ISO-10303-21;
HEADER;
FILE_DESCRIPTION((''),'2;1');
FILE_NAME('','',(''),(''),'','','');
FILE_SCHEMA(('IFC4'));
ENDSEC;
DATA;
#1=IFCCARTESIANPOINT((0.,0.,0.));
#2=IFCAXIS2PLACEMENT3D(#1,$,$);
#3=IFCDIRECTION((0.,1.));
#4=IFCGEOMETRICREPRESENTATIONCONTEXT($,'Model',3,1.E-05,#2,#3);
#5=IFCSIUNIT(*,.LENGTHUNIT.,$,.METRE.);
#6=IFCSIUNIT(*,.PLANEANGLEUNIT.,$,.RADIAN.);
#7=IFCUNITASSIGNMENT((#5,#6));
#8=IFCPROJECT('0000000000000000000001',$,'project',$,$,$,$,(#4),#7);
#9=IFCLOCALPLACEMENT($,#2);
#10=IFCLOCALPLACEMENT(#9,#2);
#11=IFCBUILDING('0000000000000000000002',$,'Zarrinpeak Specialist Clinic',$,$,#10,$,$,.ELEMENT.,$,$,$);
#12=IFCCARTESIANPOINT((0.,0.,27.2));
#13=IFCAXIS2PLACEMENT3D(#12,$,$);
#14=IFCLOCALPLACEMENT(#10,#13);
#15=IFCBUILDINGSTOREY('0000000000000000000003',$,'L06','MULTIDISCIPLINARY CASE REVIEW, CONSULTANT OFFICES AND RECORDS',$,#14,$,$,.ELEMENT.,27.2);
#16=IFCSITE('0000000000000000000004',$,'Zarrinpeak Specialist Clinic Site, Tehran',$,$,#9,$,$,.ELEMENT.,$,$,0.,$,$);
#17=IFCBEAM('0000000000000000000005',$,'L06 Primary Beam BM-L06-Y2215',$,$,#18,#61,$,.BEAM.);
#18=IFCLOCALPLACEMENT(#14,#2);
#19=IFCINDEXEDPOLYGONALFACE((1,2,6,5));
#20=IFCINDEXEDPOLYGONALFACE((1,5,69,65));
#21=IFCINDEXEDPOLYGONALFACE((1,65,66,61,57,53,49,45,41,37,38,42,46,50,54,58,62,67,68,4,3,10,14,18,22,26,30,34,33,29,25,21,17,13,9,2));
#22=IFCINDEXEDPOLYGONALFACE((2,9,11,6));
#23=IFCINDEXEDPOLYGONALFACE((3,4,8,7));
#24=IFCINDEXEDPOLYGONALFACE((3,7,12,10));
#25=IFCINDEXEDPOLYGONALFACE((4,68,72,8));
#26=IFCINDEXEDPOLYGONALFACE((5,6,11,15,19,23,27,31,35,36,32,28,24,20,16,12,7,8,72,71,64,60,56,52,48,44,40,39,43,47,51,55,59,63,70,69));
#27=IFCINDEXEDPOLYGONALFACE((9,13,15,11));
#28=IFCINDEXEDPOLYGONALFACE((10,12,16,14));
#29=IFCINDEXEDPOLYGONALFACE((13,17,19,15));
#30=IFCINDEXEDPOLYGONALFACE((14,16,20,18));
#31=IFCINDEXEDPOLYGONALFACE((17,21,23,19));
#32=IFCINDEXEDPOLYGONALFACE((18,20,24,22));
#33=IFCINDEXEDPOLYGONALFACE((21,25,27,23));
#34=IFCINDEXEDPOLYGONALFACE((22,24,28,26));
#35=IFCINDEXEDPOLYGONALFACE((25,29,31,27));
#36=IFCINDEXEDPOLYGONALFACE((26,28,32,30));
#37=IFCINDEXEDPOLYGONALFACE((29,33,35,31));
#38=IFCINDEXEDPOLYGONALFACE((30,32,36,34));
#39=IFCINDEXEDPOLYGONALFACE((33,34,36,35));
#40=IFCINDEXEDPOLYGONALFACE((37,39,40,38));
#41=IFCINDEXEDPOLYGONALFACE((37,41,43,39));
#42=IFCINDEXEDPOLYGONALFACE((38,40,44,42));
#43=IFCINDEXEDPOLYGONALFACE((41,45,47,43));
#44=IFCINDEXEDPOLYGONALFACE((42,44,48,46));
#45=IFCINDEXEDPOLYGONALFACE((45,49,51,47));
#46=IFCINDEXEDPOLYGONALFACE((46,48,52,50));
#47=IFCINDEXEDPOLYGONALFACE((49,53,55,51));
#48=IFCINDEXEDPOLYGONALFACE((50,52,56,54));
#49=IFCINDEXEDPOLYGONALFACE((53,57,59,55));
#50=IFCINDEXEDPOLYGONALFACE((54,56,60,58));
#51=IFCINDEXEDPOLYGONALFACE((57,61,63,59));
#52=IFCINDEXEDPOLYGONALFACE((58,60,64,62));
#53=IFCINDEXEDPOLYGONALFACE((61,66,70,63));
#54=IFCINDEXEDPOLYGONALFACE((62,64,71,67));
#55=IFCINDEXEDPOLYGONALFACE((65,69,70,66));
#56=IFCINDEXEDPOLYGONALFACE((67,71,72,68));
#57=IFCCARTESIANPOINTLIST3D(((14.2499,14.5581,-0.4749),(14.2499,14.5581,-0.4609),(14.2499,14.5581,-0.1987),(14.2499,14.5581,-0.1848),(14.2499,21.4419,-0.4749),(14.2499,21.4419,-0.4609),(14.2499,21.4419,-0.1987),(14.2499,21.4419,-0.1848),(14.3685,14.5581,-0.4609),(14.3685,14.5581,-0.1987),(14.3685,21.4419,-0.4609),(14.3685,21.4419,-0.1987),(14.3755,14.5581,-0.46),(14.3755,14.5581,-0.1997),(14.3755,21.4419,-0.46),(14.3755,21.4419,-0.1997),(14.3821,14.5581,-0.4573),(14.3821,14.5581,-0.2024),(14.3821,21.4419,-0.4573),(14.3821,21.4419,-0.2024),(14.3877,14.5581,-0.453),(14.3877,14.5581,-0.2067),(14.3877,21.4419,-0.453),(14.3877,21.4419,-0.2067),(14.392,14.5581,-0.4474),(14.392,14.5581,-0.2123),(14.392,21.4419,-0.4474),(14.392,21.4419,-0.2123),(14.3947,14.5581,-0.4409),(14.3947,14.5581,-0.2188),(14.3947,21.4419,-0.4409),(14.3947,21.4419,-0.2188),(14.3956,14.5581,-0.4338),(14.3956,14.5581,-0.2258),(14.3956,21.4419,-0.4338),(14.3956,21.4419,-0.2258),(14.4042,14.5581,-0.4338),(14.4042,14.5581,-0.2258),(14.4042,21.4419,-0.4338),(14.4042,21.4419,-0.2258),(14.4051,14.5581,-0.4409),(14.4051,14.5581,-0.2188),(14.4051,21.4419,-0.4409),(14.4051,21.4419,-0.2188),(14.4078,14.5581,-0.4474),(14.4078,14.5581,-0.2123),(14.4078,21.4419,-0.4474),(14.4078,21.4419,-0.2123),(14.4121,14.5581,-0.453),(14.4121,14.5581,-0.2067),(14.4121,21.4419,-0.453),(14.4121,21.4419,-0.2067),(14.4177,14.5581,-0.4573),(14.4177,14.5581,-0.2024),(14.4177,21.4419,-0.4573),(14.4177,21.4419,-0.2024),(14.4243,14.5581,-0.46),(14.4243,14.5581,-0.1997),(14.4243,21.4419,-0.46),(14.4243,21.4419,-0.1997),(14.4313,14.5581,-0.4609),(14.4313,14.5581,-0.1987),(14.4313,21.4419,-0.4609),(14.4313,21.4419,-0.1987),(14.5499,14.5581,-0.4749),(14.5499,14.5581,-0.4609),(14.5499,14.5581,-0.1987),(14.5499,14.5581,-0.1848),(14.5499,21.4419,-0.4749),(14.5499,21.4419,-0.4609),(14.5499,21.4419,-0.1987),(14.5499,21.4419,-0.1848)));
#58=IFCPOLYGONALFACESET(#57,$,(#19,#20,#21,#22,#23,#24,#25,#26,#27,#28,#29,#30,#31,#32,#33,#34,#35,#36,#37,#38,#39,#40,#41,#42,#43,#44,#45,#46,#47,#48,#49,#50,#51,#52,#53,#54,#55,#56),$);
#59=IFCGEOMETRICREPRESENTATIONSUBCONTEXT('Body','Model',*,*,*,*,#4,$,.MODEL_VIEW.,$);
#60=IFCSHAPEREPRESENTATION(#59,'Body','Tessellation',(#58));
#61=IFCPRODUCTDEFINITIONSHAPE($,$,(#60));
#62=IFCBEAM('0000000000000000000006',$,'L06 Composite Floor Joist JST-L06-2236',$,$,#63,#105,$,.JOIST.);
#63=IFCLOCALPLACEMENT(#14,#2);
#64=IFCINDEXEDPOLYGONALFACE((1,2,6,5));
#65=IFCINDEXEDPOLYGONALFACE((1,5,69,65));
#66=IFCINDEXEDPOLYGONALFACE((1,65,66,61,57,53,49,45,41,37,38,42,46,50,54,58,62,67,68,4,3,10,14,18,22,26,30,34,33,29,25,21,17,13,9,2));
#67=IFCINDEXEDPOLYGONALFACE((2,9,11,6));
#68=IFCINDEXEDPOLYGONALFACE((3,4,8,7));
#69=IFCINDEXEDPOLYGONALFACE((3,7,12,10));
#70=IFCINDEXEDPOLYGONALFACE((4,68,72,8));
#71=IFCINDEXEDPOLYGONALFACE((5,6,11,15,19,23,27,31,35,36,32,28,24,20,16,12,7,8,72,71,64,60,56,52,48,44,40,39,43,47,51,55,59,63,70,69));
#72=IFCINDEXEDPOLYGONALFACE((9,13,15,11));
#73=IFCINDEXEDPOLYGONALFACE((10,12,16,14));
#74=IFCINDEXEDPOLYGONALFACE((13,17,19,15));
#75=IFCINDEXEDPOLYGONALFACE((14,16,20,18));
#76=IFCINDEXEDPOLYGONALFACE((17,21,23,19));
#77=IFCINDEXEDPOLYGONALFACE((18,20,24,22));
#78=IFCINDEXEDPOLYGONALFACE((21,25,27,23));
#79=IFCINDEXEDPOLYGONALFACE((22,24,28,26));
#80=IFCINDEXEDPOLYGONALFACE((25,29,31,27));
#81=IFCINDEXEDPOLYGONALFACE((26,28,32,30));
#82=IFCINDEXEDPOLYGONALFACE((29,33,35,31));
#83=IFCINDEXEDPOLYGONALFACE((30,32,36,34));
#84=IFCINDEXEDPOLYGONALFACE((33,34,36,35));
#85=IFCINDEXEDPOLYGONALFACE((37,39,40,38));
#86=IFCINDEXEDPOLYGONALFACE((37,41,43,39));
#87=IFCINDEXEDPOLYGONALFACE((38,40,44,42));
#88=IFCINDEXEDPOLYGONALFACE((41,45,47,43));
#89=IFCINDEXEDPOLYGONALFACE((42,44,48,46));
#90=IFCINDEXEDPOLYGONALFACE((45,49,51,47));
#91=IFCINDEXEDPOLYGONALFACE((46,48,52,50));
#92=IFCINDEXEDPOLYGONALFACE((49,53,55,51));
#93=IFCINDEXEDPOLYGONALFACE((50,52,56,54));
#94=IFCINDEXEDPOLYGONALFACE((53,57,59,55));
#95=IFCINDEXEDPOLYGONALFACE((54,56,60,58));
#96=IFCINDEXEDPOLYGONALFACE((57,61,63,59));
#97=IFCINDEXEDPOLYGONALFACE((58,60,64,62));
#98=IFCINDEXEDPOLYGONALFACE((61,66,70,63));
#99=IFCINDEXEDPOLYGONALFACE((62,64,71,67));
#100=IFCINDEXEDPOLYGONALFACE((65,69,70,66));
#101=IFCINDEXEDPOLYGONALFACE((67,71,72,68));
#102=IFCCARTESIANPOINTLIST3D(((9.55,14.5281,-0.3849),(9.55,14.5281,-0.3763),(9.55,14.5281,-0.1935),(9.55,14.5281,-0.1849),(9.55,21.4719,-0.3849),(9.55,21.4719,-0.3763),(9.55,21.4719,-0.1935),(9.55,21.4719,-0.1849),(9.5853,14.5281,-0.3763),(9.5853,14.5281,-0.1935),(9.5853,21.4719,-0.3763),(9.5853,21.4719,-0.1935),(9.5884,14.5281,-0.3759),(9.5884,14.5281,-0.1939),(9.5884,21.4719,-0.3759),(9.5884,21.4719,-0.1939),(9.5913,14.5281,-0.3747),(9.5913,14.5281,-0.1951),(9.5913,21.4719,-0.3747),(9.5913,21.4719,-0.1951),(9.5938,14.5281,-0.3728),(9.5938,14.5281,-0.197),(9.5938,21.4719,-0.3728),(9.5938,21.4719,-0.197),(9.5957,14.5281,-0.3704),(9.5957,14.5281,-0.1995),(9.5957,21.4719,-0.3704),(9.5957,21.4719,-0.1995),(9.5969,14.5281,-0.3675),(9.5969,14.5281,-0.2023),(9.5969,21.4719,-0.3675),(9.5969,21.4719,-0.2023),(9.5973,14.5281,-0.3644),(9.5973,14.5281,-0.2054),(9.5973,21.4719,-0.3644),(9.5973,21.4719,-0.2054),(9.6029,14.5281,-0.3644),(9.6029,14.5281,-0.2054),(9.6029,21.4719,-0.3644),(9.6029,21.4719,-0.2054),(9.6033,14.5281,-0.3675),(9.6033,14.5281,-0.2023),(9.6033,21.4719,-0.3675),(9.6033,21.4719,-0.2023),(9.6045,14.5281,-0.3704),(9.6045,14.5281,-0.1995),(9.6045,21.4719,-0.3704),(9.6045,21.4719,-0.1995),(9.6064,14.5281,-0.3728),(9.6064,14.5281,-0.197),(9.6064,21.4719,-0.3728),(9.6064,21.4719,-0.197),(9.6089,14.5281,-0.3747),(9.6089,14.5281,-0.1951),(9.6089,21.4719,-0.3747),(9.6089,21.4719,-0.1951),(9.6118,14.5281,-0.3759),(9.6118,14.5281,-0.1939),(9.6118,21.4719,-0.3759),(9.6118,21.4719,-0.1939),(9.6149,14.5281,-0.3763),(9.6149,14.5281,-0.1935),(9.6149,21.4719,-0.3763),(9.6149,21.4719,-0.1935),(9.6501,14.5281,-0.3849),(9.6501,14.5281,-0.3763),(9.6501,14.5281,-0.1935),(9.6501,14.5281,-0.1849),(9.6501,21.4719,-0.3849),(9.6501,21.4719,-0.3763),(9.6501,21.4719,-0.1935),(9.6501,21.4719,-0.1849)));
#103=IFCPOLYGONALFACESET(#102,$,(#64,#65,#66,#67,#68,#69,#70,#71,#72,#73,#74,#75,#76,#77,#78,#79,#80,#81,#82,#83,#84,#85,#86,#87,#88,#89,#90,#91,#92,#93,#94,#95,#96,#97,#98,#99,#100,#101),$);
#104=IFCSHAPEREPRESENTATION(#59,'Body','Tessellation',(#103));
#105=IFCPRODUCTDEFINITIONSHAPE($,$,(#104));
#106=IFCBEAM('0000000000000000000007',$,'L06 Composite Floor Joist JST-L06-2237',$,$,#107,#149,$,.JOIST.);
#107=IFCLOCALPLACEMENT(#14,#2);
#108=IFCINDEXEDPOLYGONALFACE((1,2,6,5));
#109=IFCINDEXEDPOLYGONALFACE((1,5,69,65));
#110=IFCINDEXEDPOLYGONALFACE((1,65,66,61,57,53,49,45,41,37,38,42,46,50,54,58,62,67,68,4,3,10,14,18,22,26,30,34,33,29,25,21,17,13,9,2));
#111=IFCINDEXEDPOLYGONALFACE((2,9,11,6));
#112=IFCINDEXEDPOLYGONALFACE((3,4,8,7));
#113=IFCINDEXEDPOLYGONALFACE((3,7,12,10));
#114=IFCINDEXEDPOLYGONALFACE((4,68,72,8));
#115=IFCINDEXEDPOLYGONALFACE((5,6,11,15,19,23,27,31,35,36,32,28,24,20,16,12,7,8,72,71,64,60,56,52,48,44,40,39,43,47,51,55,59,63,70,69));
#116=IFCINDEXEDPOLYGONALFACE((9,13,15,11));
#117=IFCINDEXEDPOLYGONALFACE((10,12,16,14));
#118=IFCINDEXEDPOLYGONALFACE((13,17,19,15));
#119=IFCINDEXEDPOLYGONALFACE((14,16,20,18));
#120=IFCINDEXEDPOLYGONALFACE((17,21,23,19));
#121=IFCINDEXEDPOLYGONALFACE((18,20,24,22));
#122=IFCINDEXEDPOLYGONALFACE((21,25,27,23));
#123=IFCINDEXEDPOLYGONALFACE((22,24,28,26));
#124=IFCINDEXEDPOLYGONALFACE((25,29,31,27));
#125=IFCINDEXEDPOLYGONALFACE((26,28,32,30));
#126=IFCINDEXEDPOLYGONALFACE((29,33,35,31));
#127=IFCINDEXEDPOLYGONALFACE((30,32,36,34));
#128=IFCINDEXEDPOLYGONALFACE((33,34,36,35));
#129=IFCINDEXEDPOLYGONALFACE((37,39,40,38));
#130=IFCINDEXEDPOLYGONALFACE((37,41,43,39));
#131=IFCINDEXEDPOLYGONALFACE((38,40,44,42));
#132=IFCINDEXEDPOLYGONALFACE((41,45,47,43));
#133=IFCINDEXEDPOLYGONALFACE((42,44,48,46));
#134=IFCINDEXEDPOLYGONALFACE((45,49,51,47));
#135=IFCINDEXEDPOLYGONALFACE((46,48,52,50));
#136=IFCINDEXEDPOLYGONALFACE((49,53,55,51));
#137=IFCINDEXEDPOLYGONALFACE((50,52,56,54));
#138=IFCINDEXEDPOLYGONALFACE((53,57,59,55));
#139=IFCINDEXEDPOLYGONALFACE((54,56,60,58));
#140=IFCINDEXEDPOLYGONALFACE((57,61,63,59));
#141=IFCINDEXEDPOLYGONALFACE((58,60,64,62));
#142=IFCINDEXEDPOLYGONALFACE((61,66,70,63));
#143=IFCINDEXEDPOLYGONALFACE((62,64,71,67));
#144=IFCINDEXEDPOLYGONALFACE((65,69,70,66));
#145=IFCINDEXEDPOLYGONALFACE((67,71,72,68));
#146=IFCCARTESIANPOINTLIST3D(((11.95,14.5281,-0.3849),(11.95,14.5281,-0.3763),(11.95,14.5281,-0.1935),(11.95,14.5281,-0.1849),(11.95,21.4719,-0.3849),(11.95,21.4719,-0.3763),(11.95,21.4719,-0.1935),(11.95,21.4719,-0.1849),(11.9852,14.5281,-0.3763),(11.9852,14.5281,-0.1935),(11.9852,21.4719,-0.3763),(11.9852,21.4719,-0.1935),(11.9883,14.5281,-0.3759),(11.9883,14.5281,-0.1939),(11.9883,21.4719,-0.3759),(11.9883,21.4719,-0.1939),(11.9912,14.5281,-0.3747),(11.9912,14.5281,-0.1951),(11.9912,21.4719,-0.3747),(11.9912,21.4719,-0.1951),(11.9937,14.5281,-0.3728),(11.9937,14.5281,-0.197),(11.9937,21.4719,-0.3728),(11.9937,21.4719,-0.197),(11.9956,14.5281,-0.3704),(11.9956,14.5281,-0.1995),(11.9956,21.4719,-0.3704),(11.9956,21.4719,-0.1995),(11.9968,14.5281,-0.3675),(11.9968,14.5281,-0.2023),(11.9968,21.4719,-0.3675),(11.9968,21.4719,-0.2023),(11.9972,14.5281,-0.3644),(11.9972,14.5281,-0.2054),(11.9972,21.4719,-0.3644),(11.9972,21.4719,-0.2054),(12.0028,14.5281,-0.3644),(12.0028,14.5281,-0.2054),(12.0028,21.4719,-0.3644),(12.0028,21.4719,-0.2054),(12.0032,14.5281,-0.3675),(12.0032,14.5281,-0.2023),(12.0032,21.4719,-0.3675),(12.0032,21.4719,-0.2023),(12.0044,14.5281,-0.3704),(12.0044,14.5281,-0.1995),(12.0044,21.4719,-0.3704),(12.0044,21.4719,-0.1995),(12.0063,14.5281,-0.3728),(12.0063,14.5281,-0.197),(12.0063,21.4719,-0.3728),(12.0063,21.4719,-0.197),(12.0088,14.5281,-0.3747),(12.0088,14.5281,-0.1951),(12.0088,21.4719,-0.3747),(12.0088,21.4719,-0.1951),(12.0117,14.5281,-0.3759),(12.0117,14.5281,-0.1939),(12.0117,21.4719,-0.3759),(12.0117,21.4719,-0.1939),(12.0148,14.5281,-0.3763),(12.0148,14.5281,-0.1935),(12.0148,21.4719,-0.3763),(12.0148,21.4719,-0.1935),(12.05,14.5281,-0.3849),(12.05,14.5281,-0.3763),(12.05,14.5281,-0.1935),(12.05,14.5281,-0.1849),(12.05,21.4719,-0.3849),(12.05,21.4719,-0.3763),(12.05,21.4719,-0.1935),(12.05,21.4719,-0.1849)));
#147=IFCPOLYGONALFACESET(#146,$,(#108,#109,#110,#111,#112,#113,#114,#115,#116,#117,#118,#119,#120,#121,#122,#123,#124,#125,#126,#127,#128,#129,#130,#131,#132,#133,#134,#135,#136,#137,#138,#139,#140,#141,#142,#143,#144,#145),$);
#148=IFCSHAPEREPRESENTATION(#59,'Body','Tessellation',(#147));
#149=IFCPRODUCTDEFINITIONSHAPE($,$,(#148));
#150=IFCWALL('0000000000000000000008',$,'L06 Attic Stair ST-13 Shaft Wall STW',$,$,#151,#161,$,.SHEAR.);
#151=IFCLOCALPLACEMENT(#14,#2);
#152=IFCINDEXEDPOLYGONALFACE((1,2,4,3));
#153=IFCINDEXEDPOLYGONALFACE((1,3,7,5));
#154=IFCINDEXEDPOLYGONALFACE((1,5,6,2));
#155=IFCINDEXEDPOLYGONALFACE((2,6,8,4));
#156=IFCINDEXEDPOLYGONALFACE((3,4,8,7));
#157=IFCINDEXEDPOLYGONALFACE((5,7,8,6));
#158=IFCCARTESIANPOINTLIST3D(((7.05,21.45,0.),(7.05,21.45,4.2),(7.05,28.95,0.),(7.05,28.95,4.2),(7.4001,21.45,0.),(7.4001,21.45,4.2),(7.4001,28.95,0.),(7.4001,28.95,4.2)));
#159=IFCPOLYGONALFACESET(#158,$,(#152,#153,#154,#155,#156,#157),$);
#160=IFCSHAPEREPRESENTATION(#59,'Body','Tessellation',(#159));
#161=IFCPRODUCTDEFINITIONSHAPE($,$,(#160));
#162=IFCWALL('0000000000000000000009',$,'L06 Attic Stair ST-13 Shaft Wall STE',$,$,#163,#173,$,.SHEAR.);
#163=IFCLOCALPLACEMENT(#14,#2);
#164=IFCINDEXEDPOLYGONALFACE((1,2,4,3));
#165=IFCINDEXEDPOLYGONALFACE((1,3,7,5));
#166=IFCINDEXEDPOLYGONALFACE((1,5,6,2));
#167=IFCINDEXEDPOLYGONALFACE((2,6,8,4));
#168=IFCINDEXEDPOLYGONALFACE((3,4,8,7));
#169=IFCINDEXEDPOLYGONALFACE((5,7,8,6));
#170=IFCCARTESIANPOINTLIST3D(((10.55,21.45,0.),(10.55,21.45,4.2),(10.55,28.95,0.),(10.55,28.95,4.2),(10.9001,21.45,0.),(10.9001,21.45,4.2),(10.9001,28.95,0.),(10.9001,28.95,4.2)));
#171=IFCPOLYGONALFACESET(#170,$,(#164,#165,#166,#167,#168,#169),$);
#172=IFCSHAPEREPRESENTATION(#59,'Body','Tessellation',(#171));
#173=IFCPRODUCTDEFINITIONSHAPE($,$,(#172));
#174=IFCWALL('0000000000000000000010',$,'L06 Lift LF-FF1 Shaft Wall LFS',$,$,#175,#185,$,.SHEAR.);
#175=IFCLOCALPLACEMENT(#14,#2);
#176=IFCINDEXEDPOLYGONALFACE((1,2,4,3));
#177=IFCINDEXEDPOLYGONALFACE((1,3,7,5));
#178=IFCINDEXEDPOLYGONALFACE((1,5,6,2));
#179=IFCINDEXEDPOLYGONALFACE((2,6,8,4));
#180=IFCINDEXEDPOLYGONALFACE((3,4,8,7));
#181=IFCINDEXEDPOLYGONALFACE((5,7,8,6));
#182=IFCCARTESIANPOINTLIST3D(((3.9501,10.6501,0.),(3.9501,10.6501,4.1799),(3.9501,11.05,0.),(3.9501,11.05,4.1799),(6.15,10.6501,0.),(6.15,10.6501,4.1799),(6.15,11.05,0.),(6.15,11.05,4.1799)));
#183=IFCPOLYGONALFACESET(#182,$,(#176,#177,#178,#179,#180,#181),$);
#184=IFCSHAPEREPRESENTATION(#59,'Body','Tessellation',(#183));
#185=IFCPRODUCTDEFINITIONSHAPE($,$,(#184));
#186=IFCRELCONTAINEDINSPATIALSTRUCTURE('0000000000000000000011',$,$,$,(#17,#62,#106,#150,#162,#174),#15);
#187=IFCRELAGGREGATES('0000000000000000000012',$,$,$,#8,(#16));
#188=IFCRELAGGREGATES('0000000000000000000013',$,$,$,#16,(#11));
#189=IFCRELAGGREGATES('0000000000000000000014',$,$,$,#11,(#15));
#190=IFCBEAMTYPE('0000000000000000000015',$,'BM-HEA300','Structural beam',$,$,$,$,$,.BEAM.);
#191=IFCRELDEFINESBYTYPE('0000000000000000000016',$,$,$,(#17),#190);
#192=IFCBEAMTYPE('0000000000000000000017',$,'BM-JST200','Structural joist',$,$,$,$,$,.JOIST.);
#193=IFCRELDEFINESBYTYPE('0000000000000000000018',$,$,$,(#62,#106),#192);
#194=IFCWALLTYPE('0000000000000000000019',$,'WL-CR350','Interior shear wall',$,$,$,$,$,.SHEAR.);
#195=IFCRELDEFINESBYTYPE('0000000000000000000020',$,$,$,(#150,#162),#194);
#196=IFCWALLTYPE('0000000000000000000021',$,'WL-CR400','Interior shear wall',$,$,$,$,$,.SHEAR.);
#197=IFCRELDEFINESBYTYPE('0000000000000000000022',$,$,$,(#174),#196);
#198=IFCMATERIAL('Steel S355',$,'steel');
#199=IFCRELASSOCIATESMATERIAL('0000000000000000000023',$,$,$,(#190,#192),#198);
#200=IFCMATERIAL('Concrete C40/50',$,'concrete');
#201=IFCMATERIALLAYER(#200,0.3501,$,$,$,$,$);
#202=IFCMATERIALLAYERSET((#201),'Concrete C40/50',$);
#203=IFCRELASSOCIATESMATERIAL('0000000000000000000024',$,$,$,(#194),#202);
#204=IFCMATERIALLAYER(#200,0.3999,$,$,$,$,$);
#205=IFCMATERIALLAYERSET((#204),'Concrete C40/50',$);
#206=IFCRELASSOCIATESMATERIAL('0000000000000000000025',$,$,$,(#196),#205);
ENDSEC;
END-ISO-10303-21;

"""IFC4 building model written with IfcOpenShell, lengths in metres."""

from ifc_helpers import new_model, si_unit, direction, frame, frame_2d, origin, origin_2d, place, context, subcontext, project, spatial, rectangle, i_section, extrude, material, layer, layer_set, material_profile, profile_set, type_object, element, save


model = new_model("IFC4")

# Units and contexts
model_context = context("Model", 3, precision=1e-05, world=origin(), true_north=direction((0.0, 1.0)))
body_context = subcontext(model_context, "Body", "Model", "MODEL_VIEW")
ifc_project = project(units=[si_unit("LENGTHUNIT", "METRE"), si_unit("PLANEANGLEUNIT", "RADIAN")], contexts=[model_context])

# Site, building, storey
site_placement = place(None, origin())
site = spatial("IfcSite", under=ifc_project, at=site_placement, Name="Zarrinpeak Specialist Clinic Site, Tehran", CompositionType="ELEMENT", RefElevation=0.0)
building_placement = place(site_placement, origin())
building = spatial("IfcBuilding", under=site, at=building_placement, Name="Zarrinpeak Specialist Clinic", CompositionType="ELEMENT")
storey_placement = place(building_placement, frame((0.0, 0.0, 27.2)))
storey = spatial("IfcBuildingStorey", under=building, at=storey_placement, Name="L06", Description="MULTIDISCIPLINARY CASE REVIEW, CONSULTANT OFFICES AND RECORDS", CompositionType="ELEMENT", Elevation=27.2)

# Shared definitions
ifc_material_1 = material(Name="Steel S355", Category="steel")

# Beams
ifc_material_profile_1 = material_profile(ifc_material_1, i_section(OverallWidth=0.3, OverallDepth=0.29, WebThickness=0.0085, FlangeThickness=0.0139, FilletRadius=0.0271, at=origin_2d()), Name="HEA 300")
ifc_profile_set_1 = profile_set([ifc_material_profile_1], Name="Steel S355")
beam_type_1 = type_object("IfcBeamType", Name="BM-HEA300", Description="Structural beam", PredefinedType="BEAM", material=ifc_profile_set_1)
for number, where, z_axis, x_axis, name in (
    (1, (14.3999, 14.5581, -0.3298), (0.0, 1.0, 0.0), (-1.0, 0.0, 0.0), "L06 Primary Beam BM-L06-Y2215"),
):
    element("IfcBeam", number, at=place(storey_placement, frame(where, z_axis=z_axis, x_axis=x_axis)), inside=storey, type_object=beam_type_1, Name=name, PredefinedType="BEAM", context=body_context, shape_type="SweptSolid", body=[
        extrude(i_section(OverallWidth=0.3, OverallDepth=0.29, WebThickness=0.0085, FlangeThickness=0.0139, FilletRadius=0.0271, at=origin_2d()), origin(), (0.0, 0.0, 1.0), 6.8838),
    ])
ifc_material_profile_2 = material_profile(ifc_material_1, i_section(OverallWidth=0.1001, OverallDepth=0.2, WebThickness=0.0056, FlangeThickness=0.0085, FilletRadius=0.012, at=origin_2d()), Name="IPE 200")
ifc_profile_set_2 = profile_set([ifc_material_profile_2], Name="Steel S355")
beam_type_2 = type_object("IfcBeamType", Name="BM-JST200", Description="Structural joist", PredefinedType="JOIST", material=ifc_profile_set_2)
for number, where, z_axis, x_axis, name in (
    (2, (9.6001, 14.5281, -0.2849), (0.0, 1.0, 0.0), (-1.0, 0.0, 0.0), "L06 Composite Floor Joist JST-L06-2236"),
    (3, (12.0, 14.5281, -0.2849), (0.0, 1.0, 0.0), (-1.0, 0.0, 0.0), "L06 Composite Floor Joist JST-L06-2237"),
):
    element("IfcBeam", number, at=place(storey_placement, frame(where, z_axis=z_axis, x_axis=x_axis)), inside=storey, type_object=beam_type_2, Name=name, PredefinedType="JOIST", context=body_context, shape_type="SweptSolid", body=[
        extrude(i_section(OverallWidth=0.1001, OverallDepth=0.2, WebThickness=0.0056, FlangeThickness=0.0085, FilletRadius=0.012, at=origin_2d()), origin(), (0.0, 0.0, 1.0), 6.9438),
    ])

# Walls
ifc_material_2 = material(Name="Concrete C40/50", Category="concrete")
ifc_layer_1 = layer(ifc_material_2, 0.3501)
ifc_layer_set_1 = layer_set([ifc_layer_1], Name="Concrete C40/50")
wall_type_1 = type_object("IfcWallType", Name="WL-CR350", Description="Interior shear wall", PredefinedType="SHEAR", material=ifc_layer_set_1)
for number, where, z_axis, x_axis, name in (
    (4, (7.2251, 21.45, 0.0), (0.0, 0.0, 1.0), (0.0, 1.0, 0.0), "L06 Attic Stair ST-13 Shaft Wall STW"),
    (5, (10.7251, 21.45, 0.0), (0.0, 0.0, 1.0), (0.0, 1.0, 0.0), "L06 Attic Stair ST-13 Shaft Wall STE"),
):
    element("IfcWall", number, at=place(storey_placement, frame(where, z_axis=z_axis, x_axis=x_axis)), inside=storey, type_object=wall_type_1, Name=name, PredefinedType="SHEAR", context=body_context, shape_type="SweptSolid", body=[
        extrude(rectangle(XDim=7.5, YDim=0.3501, at=frame_2d((3.75, 0.0))), origin(), (0.0, 0.0, 1.0), 4.2),
    ])

# Shared definitions
ifc_layer_2 = layer(ifc_material_2, 0.3999)
ifc_layer_set_2 = layer_set([ifc_layer_2], Name="Concrete C40/50")
wall_type_2 = type_object("IfcWallType", Name="WL-CR400", Description="Interior shear wall", PredefinedType="SHEAR", material=ifc_layer_set_2)

# Wall
wall_1_placement = place(storey_placement, frame((3.95, 10.8501, 0.0), z_axis=(0.0, 0.0, 1.0), x_axis=(1.0, 0.0, 0.0)))
element("IfcWall", 6, at=wall_1_placement, inside=storey, type_object=wall_type_2, Name="L06 Lift LF-FF1 Shaft Wall LFS", PredefinedType="SHEAR", context=body_context, shape_type="SweptSolid", body=[
    extrude(rectangle(XDim=2.2, YDim=0.3999, at=frame_2d((1.1001, 0.0))), origin(), (0.0, 0.0, 1.0), 4.1799),
])

save(model, "model.ifc")
